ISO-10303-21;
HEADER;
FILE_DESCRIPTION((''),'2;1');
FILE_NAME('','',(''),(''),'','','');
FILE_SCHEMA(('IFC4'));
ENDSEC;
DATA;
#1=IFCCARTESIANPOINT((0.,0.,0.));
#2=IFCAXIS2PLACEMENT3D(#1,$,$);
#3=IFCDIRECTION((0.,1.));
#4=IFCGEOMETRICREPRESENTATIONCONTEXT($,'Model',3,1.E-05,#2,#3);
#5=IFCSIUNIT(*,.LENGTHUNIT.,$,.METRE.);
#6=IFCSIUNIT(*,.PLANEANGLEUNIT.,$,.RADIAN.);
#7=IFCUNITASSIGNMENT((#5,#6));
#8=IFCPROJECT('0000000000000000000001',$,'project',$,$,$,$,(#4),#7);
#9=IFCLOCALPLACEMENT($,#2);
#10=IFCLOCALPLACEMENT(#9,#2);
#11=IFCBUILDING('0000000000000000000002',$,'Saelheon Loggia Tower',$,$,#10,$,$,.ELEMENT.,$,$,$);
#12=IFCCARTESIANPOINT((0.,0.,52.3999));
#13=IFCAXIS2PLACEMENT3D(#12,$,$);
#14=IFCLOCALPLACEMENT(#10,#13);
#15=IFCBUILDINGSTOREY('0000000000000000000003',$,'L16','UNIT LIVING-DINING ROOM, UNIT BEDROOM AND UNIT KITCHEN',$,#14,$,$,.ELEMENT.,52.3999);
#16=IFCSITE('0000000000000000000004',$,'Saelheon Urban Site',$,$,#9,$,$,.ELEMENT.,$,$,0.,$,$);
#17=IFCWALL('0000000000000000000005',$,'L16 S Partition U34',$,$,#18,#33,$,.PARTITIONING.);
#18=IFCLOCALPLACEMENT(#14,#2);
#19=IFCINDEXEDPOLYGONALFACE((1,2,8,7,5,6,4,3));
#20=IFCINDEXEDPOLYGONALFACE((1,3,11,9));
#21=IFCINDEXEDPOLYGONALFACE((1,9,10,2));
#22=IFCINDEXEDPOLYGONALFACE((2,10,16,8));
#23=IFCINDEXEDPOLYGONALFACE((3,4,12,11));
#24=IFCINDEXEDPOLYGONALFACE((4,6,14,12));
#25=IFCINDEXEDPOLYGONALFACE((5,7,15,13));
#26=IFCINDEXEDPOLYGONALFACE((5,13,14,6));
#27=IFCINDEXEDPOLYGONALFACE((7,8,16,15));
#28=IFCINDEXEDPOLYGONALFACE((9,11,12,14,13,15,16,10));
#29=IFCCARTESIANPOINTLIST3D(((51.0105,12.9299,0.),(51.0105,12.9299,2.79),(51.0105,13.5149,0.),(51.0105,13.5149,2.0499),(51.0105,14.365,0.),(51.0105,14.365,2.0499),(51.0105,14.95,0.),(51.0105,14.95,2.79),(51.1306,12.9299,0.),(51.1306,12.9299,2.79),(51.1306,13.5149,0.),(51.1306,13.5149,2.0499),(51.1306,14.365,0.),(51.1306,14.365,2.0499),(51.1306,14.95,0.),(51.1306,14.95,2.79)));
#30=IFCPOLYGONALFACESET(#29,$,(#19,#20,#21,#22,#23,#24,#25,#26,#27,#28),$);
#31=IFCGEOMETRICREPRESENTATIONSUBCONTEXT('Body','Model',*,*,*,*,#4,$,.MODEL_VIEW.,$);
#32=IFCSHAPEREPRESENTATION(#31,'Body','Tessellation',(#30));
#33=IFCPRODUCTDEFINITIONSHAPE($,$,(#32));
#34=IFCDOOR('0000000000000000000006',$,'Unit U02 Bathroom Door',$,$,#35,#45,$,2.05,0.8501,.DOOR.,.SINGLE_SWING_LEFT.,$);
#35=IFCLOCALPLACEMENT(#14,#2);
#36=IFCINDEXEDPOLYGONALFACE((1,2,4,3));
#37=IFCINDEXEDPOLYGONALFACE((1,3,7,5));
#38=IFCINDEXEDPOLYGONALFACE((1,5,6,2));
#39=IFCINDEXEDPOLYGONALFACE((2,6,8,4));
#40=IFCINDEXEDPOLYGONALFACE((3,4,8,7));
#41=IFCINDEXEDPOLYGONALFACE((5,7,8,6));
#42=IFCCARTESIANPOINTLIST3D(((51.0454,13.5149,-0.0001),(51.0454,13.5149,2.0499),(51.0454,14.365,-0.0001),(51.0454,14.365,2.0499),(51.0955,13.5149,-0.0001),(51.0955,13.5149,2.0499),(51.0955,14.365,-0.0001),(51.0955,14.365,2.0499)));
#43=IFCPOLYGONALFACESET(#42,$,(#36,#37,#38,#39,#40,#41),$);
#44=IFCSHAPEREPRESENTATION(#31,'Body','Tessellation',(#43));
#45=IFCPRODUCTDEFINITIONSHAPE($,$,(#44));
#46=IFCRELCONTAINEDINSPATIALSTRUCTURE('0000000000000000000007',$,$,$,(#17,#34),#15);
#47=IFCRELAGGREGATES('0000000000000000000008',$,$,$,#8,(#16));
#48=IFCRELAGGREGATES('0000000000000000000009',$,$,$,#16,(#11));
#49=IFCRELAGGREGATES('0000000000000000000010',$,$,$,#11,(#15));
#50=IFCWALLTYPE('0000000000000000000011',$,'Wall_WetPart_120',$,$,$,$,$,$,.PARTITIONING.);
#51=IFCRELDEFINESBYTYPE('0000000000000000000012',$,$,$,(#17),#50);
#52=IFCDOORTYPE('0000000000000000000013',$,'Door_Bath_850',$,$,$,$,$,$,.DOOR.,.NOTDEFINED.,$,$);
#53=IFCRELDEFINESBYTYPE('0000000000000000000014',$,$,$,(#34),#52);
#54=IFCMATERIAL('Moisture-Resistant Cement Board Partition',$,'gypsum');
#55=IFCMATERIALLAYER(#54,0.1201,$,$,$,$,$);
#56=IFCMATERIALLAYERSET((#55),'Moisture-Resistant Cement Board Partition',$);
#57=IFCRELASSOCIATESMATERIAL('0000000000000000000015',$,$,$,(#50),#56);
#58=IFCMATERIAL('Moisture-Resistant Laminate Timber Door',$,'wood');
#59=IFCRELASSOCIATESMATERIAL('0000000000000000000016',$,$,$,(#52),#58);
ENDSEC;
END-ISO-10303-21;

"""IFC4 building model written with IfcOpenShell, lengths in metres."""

from ifc_helpers import new_model, si_unit, direction, frame, frame_2d, origin, place, context, subcontext, project, spatial, rectangle, extrude, source, transform, mapped, material, layer, layer_set, type_object, element, fill, save


model = new_model("IFC4")

# Units and contexts
model_context = context("Model", 3, precision=1e-05, world=origin(), true_north=direction((0.0, 1.0)))
body_context = subcontext(model_context, "Body", "Model", "MODEL_VIEW")
ifc_project = project(units=[si_unit("LENGTHUNIT", "METRE"), si_unit("PLANEANGLEUNIT", "RADIAN")], contexts=[model_context])

# Site, building, storey
site_placement = place(None, origin())
site = spatial("IfcSite", under=ifc_project, at=site_placement, Name="Saelheon Urban Site", CompositionType="ELEMENT", RefElevation=0.0)
building_placement = place(site_placement, origin())
building = spatial("IfcBuilding", under=site, at=building_placement, Name="Saelheon Loggia Tower", CompositionType="ELEMENT")
storey_placement = place(building_placement, frame((0.0, 0.0, 52.3999)))
storey = spatial("IfcBuildingStorey", under=building, at=storey_placement, Name="L16", Description="UNIT LIVING-DINING ROOM, UNIT BEDROOM AND UNIT KITCHEN", CompositionType="ELEMENT", Elevation=52.3999)

# Wall, opening, door
ifc_material_1 = material(Name="Moisture-Resistant Cement Board Partition", Category="gypsum")
ifc_layer_1 = layer(ifc_material_1, 0.1201)
ifc_layer_set_1 = layer_set([ifc_layer_1], Name="Moisture-Resistant Cement Board Partition")
wall_type_1 = type_object("IfcWallType", Name="Wall_WetPart_120", PredefinedType="PARTITIONING", material=ifc_layer_set_1)
wall_1_placement = place(storey_placement, frame((51.0706, 14.95, 0.0), z_axis=(0.0, 0.0, 1.0), x_axis=(0.0, -1.0, 0.0)))
wall_1 = element("IfcWall", 1, at=wall_1_placement, inside=storey, type_object=wall_type_1, Name="L16 S Partition U34", PredefinedType="PARTITIONING", context=body_context, shape_type="SweptSolid", body=[
    extrude(rectangle(XDim=2.02, YDim=0.1201, at=frame_2d((1.01, 0.0))), origin(), (0.0, 0.0, 1.0), 2.79),
])
opening_1_placement = place(wall_1_placement, frame((0.585, 0.0, 0.0)))
opening_1 = element("IfcOpeningElement", 2, at=opening_1_placement, cuts=wall_1, PredefinedType="OPENING", context=body_context, shape_type="SweptSolid", body=[
    extrude(rectangle(XDim=0.8501, YDim=2.05, at=frame_2d((0.425, 1.0249))), frame((0.0, 0.072, 0.0), z_axis=(0.0, -1.0, 0.0), x_axis=(1.0, 0.0, 0.0)), (0.0, 0.0, 1.0), 0.144),
])
ifc_material_2 = material(Name="Moisture-Resistant Laminate Timber Door", Category="wood")
door_type_1 = type_object("IfcDoorType", Name="Door_Bath_850", OperationType="NOTDEFINED", PredefinedType="DOOR", material=ifc_material_2)
shared_shape_1 = source(origin(), body_context, "Body", "SweptSolid", [
    extrude(rectangle(XDim=0.8501, YDim=2.05, at=frame_2d((0.425, 1.0249))), frame((0.0, 0.0249, 0.0), z_axis=(0.0, -1.0, 0.0), x_axis=(1.0, 0.0, 0.0)), (0.0, 0.0, 1.0), 0.05),
])
door_1_placement = place(opening_1_placement, origin())
door_1 = element("IfcDoor", 3, at=door_1_placement, inside=storey, type_object=door_type_1, Name="Unit U02 Bathroom Door", OperationType="SINGLE_SWING_LEFT", OverallHeight=2.05, OverallWidth=0.8501, PredefinedType="DOOR", context=body_context, shape_type="MappedRepresentation", body=[
    mapped(shared_shape_1, transform((0.0, 0.0, 0.0), scale=1.0)),
])
fill(opening_1, door_1)

save(model, "model.ifc")
